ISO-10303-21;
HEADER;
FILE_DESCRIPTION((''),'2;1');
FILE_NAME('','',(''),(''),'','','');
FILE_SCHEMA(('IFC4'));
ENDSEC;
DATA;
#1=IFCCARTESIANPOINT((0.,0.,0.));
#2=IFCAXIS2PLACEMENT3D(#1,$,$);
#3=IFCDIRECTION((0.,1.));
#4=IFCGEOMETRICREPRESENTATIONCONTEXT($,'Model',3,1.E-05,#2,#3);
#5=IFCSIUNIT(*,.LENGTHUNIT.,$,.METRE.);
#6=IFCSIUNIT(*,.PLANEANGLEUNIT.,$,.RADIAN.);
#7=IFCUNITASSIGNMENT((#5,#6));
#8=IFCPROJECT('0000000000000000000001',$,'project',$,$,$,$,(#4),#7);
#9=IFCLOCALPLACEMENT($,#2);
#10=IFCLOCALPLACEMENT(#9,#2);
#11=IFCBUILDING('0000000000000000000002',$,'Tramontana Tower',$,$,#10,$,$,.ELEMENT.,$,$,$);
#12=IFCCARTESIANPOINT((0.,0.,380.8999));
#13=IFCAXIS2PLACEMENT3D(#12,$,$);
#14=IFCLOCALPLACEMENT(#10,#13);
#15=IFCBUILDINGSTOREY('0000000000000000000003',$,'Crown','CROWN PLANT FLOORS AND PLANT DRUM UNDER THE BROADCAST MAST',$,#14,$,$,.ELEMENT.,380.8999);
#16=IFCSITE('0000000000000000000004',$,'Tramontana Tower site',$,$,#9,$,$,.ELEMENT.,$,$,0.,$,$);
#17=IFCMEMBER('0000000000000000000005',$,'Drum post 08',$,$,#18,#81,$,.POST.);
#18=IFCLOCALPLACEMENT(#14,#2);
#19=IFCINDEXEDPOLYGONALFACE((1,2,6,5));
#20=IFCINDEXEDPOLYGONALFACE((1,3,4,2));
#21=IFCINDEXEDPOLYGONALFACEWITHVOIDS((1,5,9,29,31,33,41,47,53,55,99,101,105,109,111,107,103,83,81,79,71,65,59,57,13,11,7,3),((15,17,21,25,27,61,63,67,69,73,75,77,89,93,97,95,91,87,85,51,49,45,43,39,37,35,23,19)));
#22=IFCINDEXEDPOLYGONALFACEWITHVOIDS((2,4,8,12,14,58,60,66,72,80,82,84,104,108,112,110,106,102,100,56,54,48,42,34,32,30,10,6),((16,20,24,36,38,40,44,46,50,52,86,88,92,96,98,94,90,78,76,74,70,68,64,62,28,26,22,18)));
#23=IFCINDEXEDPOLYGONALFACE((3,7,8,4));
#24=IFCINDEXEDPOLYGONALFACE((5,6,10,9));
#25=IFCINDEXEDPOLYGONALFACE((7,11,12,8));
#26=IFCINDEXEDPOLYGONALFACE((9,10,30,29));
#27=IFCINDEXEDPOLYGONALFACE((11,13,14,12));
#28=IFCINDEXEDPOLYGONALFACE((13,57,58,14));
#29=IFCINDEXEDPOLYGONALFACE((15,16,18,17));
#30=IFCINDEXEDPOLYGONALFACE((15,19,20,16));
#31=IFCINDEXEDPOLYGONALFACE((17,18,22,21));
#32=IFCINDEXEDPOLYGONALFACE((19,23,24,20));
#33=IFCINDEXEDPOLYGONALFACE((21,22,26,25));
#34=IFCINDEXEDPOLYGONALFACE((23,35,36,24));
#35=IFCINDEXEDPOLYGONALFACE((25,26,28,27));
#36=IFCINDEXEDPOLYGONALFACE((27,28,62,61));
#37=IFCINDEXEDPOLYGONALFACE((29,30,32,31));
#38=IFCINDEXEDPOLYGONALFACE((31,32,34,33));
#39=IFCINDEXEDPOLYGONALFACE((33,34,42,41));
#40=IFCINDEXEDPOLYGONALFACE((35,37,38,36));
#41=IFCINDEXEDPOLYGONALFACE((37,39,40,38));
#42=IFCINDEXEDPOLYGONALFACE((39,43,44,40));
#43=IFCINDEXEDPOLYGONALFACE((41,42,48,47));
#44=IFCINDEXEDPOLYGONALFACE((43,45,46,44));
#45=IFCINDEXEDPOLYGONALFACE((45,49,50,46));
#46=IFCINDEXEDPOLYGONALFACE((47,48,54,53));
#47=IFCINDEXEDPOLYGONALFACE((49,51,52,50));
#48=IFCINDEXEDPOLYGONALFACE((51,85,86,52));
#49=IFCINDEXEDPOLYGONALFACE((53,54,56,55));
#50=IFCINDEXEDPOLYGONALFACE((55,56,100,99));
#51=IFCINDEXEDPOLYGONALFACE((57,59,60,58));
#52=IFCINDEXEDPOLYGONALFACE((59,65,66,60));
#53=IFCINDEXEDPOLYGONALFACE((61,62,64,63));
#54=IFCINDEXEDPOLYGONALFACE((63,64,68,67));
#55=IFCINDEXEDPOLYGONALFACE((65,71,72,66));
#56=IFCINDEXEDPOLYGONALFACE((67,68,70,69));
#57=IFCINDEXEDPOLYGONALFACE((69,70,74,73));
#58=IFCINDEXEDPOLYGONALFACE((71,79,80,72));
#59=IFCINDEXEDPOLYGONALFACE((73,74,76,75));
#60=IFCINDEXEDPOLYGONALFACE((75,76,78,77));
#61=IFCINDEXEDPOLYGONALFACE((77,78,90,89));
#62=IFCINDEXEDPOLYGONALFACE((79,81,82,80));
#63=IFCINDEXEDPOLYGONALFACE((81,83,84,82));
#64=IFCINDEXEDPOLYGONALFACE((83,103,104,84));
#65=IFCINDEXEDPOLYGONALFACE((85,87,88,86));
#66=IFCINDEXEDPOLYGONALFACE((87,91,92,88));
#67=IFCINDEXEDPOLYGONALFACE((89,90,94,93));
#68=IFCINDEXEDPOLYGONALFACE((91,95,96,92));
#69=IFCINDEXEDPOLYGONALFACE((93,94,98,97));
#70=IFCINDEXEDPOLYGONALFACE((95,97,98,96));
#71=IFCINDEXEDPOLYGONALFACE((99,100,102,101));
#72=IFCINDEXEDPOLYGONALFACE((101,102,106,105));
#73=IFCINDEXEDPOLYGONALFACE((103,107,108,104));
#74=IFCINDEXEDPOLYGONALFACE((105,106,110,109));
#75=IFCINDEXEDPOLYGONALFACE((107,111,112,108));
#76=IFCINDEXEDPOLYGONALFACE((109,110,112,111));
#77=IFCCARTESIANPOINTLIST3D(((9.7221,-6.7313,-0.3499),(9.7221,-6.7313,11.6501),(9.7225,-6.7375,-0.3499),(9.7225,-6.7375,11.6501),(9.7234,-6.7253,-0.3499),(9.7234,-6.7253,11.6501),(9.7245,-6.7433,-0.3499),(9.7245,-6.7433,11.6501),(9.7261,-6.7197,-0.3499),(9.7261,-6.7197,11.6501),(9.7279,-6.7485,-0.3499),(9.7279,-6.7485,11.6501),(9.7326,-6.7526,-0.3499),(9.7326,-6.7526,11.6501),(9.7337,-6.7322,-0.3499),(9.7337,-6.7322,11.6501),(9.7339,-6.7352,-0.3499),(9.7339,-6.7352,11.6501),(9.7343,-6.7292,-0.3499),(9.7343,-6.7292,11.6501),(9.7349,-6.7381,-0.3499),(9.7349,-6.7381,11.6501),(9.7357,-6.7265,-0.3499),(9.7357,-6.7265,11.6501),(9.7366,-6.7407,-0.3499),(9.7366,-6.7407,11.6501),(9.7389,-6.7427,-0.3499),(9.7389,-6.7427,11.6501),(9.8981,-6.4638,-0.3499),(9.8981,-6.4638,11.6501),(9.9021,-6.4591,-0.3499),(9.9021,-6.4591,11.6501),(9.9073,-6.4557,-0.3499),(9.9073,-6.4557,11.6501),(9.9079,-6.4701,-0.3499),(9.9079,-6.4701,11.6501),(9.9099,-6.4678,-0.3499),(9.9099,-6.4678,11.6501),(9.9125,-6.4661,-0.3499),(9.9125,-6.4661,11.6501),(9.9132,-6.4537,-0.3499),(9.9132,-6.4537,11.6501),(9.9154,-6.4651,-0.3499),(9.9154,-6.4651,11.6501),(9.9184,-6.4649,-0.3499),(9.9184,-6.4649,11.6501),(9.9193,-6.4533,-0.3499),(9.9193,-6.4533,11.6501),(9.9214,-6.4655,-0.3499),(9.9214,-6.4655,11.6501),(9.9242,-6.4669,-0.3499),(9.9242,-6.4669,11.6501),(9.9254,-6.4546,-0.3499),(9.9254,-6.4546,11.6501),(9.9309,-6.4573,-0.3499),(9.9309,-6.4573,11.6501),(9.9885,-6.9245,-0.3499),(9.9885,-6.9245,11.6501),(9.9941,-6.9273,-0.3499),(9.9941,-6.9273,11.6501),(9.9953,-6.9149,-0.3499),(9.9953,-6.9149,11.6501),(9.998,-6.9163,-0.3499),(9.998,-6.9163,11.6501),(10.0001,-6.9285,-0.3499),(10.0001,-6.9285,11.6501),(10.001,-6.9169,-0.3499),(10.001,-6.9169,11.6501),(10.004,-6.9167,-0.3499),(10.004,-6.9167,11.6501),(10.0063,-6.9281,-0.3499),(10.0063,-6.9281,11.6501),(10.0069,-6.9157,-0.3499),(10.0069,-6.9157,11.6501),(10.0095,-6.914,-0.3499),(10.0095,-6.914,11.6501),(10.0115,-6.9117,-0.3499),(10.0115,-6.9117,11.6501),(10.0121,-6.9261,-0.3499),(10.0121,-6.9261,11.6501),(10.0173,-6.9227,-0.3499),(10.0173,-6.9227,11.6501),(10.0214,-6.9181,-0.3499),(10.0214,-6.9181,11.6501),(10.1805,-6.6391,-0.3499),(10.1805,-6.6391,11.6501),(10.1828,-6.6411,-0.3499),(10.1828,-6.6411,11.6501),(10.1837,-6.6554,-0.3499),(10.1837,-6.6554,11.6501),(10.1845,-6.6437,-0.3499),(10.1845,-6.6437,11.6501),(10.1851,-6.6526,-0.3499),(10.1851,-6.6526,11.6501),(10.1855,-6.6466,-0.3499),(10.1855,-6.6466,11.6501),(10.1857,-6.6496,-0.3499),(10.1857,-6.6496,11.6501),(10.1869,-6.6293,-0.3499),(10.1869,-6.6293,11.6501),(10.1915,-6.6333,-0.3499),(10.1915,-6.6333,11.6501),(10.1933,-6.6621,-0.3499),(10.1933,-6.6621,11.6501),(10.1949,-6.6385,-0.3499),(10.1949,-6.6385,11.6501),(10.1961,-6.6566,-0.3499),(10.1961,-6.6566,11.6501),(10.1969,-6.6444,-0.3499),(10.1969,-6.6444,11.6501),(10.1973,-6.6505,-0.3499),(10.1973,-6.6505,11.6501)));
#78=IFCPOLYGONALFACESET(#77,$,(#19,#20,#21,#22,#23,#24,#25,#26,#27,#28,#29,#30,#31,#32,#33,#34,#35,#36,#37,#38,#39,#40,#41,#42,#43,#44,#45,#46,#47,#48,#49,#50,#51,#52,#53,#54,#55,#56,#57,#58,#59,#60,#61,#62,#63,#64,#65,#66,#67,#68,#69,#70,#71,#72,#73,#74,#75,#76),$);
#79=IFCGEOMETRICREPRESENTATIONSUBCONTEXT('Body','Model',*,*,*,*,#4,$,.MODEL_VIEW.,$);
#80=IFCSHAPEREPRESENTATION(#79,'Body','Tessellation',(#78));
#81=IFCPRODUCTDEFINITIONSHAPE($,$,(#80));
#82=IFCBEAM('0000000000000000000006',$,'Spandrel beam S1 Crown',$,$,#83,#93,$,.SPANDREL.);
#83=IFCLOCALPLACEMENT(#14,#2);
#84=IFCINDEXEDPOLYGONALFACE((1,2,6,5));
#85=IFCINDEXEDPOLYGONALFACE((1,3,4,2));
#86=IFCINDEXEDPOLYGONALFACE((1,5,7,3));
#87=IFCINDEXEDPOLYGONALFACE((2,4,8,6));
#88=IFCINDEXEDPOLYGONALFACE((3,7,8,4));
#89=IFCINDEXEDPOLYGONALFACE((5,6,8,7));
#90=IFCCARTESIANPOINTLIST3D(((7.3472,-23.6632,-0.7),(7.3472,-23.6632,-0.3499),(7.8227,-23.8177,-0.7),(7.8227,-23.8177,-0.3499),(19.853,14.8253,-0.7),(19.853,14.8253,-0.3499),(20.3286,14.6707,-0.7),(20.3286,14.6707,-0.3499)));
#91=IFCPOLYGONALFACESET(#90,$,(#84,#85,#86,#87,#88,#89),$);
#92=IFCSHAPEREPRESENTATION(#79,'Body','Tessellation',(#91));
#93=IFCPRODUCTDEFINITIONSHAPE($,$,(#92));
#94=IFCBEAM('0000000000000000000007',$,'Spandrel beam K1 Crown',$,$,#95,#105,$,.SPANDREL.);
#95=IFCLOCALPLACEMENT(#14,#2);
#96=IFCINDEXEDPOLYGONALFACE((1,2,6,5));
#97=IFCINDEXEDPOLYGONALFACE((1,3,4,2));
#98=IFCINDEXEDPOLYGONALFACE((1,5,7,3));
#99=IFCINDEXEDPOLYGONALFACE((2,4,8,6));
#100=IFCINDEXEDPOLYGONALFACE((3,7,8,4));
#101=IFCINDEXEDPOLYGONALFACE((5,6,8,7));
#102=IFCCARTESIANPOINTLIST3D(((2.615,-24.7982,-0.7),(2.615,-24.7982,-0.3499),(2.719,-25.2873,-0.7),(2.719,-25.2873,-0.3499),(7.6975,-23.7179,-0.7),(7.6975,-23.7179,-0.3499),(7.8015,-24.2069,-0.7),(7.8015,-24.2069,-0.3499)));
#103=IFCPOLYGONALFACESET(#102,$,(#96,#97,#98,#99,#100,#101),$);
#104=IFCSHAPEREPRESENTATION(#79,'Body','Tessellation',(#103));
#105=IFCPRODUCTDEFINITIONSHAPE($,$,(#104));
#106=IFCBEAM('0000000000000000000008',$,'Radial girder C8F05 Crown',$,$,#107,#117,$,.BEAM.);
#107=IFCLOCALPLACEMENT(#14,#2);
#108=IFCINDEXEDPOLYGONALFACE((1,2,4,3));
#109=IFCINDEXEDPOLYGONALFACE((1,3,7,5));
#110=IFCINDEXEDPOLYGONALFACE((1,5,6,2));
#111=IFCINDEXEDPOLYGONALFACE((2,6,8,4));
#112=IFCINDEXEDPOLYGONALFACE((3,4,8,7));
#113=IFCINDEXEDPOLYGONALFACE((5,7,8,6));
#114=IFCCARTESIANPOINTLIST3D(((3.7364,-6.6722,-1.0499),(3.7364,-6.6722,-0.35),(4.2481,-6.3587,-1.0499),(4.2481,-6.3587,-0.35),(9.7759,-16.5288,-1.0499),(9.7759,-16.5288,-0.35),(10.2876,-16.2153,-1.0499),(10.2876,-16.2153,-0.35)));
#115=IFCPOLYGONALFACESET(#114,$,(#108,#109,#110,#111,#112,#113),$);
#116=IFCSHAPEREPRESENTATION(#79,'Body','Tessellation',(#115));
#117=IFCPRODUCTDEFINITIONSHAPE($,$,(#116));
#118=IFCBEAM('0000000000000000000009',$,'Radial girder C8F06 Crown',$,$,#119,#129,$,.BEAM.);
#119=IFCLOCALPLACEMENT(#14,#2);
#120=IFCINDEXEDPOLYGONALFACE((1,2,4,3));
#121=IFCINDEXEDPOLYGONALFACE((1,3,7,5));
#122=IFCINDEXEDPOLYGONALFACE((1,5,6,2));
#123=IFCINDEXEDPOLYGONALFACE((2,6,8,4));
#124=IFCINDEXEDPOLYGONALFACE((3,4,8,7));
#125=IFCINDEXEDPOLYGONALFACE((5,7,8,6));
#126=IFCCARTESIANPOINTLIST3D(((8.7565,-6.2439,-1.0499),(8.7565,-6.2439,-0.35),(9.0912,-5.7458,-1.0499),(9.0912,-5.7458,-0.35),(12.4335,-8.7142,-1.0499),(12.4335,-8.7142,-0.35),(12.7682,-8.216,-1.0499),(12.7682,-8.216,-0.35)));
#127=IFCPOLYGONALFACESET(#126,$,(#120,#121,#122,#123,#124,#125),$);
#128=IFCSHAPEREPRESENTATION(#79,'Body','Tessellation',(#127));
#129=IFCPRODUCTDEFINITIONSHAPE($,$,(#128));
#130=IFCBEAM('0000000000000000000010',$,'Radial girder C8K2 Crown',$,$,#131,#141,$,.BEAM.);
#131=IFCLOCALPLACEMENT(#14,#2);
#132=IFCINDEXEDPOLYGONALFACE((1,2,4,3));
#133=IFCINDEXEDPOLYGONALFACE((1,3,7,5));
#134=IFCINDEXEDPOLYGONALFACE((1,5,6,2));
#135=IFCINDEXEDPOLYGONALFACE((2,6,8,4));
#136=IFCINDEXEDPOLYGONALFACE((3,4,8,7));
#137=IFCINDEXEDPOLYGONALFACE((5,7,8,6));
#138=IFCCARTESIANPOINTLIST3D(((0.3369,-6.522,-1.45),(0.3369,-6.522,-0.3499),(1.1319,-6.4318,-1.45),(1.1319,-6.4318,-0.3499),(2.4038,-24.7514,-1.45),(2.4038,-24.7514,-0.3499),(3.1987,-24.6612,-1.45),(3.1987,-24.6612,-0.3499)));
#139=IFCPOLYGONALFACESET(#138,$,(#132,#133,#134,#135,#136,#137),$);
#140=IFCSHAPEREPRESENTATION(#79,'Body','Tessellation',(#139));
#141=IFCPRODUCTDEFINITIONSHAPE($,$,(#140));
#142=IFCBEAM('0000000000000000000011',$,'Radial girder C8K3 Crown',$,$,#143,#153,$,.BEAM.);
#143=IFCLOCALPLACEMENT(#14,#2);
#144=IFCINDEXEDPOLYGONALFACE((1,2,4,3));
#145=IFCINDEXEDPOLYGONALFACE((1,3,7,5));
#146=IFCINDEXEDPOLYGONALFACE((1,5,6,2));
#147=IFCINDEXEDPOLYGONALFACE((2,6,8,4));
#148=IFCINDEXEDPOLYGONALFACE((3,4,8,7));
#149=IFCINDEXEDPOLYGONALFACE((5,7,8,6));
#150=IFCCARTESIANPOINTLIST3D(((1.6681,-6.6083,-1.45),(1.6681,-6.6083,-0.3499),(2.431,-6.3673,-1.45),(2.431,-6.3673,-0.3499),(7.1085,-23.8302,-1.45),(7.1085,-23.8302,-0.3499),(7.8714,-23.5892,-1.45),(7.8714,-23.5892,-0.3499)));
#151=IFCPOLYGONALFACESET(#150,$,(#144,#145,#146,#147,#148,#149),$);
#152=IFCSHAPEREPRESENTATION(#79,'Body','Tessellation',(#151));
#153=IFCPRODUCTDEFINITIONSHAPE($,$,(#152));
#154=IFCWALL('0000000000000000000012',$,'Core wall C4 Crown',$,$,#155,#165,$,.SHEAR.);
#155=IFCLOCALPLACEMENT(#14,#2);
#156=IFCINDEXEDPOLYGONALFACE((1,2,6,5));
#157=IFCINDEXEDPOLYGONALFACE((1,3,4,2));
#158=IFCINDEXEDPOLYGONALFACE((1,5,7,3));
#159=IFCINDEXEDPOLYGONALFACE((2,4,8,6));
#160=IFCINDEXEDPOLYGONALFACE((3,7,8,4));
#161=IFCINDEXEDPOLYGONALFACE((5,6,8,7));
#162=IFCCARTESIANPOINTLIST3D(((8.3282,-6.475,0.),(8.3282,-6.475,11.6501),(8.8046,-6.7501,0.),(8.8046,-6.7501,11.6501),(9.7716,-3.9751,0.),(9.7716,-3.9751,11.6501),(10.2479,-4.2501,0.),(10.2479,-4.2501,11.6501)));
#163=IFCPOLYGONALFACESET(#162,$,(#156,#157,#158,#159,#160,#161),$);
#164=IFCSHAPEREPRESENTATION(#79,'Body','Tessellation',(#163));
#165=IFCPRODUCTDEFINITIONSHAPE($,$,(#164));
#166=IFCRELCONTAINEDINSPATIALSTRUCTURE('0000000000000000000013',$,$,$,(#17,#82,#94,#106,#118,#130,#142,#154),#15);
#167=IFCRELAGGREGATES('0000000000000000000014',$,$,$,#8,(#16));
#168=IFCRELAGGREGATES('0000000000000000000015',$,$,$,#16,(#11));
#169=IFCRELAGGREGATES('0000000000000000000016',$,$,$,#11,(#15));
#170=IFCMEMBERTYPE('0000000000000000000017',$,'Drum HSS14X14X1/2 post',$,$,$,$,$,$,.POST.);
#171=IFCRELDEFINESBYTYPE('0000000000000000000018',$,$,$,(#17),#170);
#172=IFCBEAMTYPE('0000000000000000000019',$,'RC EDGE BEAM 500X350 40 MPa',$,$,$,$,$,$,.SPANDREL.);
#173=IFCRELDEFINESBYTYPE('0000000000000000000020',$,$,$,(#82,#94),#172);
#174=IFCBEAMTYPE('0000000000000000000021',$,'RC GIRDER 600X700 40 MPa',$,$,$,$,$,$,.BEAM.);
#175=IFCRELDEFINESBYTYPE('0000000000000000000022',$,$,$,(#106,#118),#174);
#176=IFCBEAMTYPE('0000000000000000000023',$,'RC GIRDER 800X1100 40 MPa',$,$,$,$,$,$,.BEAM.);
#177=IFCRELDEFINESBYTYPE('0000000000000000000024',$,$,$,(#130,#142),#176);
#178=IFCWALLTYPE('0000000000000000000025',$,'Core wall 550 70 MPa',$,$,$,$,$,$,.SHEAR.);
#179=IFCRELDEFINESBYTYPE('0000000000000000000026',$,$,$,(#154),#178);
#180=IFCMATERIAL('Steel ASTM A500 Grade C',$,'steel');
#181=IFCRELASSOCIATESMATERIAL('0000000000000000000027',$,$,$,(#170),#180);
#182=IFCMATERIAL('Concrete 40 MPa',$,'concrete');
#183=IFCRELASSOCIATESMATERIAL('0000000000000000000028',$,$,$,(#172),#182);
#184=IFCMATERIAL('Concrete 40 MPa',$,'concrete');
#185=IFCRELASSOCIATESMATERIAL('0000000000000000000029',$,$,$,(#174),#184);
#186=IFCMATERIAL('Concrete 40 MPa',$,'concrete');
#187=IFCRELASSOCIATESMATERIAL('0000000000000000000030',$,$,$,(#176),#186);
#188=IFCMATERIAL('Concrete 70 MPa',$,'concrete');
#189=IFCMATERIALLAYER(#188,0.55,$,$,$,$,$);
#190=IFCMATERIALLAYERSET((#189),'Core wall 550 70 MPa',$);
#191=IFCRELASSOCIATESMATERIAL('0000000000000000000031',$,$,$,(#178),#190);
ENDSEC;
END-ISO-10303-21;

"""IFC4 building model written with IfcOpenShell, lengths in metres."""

from ifc_helpers import new_model, si_unit, direction, frame, frame_2d, origin, origin_2d, place, context, subcontext, project, spatial, rectangle, hollow_rectangle, extrude, material, layer, layer_set, material_profile, profile_set, type_object, element, save


model = new_model("IFC4")

# Units and contexts
model_context = context("Model", 3, precision=1e-05, world=origin(), true_north=direction((0.0, 1.0)))
body_context = subcontext(model_context, "Body", "Model", "MODEL_VIEW")
ifc_project = project(units=[si_unit("LENGTHUNIT", "METRE"), si_unit("PLANEANGLEUNIT", "RADIAN")], contexts=[model_context])

# Site, building, storey
site_placement = place(None, origin())
site = spatial("IfcSite", under=ifc_project, at=site_placement, Name="Tramontana Tower site", CompositionType="ELEMENT", RefElevation=0.0)
building_placement = place(site_placement, origin())
building = spatial("IfcBuilding", under=site, at=building_placement, Name="Tramontana Tower", CompositionType="ELEMENT")
storey_placement = place(building_placement, frame((0.0, 0.0, 380.8999)))
storey = spatial("IfcBuildingStorey", under=building, at=storey_placement, Name="Crown", Description="CROWN PLANT FLOORS AND PLANT DRUM UNDER THE BROADCAST MAST", CompositionType="ELEMENT", Elevation=380.8999)

# Member
ifc_material_1 = material(Name="Steel ASTM A500 Grade C", Category="steel")
ifc_material_profile_1 = material_profile(ifc_material_1, hollow_rectangle(XDim=0.3557, YDim=0.3557, WallThickness=0.0117, InnerFilletRadius=0.0117, OuterFilletRadius=0.0237, at=origin_2d()), Name="HSS14X14X1/2")
ifc_profile_set_1 = profile_set([ifc_material_profile_1], Name="Steel ASTM A500 Grade C")
member_type = type_object("IfcMemberType", Name="Drum HSS14X14X1/2 post", PredefinedType="POST", material=ifc_profile_set_1)
for number, where, z_axis, x_axis, name in (
    (1, (9.9597, -6.6909, -0.3499), (0.0, 0.0, 1.0), (0.830083, -0.55764, 0.0), "Drum post 08"),
):
    element("IfcMember", number, at=place(storey_placement, frame(where, z_axis=z_axis, x_axis=x_axis)), inside=storey, type_object=member_type, Name=name, PredefinedType="POST", context=body_context, shape_type="SweptSolid", body=[
        extrude(hollow_rectangle(XDim=0.3557, YDim=0.3557, WallThickness=0.0117, InnerFilletRadius=0.0117, OuterFilletRadius=0.0237, at=origin_2d()), origin(), (0.0, 0.0, 1.0), 12.0),
    ])

# Beams
ifc_material_2 = material(Name="Concrete 40 MPa", Category="concrete")
ifc_material_profile_2 = material_profile(ifc_material_2, rectangle(XDim=0.5, YDim=0.3501, at=origin_2d()), Name="RC EDGE BEAM 500X350 40 MPa")
ifc_profile_set_2 = profile_set([ifc_material_profile_2], Name="Concrete 40 MPa")
beam_type_1 = type_object("IfcBeamType", Name="RC EDGE BEAM 500X350 40 MPa", PredefinedType="SPANDREL", material=ifc_profile_set_2)
beam_1_placement = place(storey_placement, frame((7.585, -23.7405, -0.5249), z_axis=(0.309021, 0.951055, 0.0), x_axis=(-0.951055, 0.309021, 0.0)))
element("IfcBeam", 2, at=beam_1_placement, inside=storey, type_object=beam_type_1, Name="Spandrel beam S1 Crown", PredefinedType="SPANDREL", context=body_context, shape_type="SweptSolid", body=[
    extrude(rectangle(XDim=0.5, YDim=0.3501, at=origin_2d()), origin(), (0.0, 0.0, 1.0), 40.4692),
])
beam_2_placement = place(storey_placement, frame((2.667, -25.0427, -0.5249), z_axis=(0.978148, 0.207912, 0.0), x_axis=(-0.207912, 0.978148, 0.0)))
element("IfcBeam", 3, at=beam_2_placement, inside=storey, type_object=beam_type_1, Name="Spandrel beam K1 Crown", PredefinedType="SPANDREL", context=body_context, shape_type="SweptSolid", body=[
    extrude(rectangle(XDim=0.5, YDim=0.3501, at=origin_2d()), origin(), (0.0, 0.0, 1.0), 5.196),
])
ifc_material_3 = material(Name="Concrete 40 MPa", Category="concrete")
ifc_material_profile_3 = material_profile(ifc_material_3, rectangle(XDim=0.6001, YDim=0.7, at=origin_2d()), Name="RC GIRDER 600X700 40 MPa")
ifc_profile_set_3 = profile_set([ifc_material_profile_3], Name="Concrete 40 MPa")
beam_type_2 = type_object("IfcBeamType", Name="RC GIRDER 600X700 40 MPa", PredefinedType="BEAM", material=ifc_profile_set_3)
beam_3_placement = place(storey_placement, frame((10.0317, -16.3721, -0.7), z_axis=(-0.522459, 0.852665, 0.0), x_axis=(-0.852665, -0.522459, 0.0)))
element("IfcBeam", 4, at=beam_3_placement, inside=storey, type_object=beam_type_2, Name="Radial girder C8F05 Crown", PredefinedType="BEAM", context=body_context, shape_type="SweptSolid", body=[
    extrude(rectangle(XDim=0.6001, YDim=0.7, at=origin_2d()), origin(), (0.0, 0.0, 1.0), 11.5598),
])
beam_4_placement = place(storey_placement, frame((12.6008, -8.4651, -0.7), z_axis=(-0.830078, 0.557647, 0.0), x_axis=(-0.557647, -0.830078, 0.0)))
element("IfcBeam", 5, at=beam_4_placement, inside=storey, type_object=beam_type_2, Name="Radial girder C8F06 Crown", PredefinedType="BEAM", context=body_context, shape_type="SweptSolid", body=[
    extrude(rectangle(XDim=0.6001, YDim=0.7, at=origin_2d()), origin(), (0.0, 0.0, 1.0), 4.4297),
])
ifc_material_4 = material(Name="Concrete 40 MPa", Category="concrete")
ifc_material_profile_4 = material_profile(ifc_material_4, rectangle(XDim=0.8, YDim=1.1001, at=origin_2d()), Name="RC GIRDER 800X1100 40 MPa")
ifc_profile_set_4 = profile_set([ifc_material_profile_4], Name="Concrete 40 MPa")
beam_type_3 = type_object("IfcBeamType", Name="RC GIRDER 800X1100 40 MPa", PredefinedType="BEAM", material=ifc_profile_set_4)
beam_5_placement = place(storey_placement, frame((2.8013, -24.7063, -0.8999), z_axis=(-0.11266, 0.993634, 0.0), x_axis=(-0.993634, -0.11266, 0.0)))
element("IfcBeam", 6, at=beam_5_placement, inside=storey, type_object=beam_type_3, Name="Radial girder C8K2 Crown", PredefinedType="BEAM", context=body_context, shape_type="SweptSolid", body=[
    extrude(rectangle(XDim=0.8, YDim=1.1001, at=origin_2d()), origin(), (0.0, 0.0, 1.0), 18.3462),
])
beam_6_placement = place(storey_placement, frame((7.49, -23.7097, -0.8999), z_axis=(-0.301228, 0.953552, 0.0), x_axis=(-0.953552, -0.301228, 0.0)))
element("IfcBeam", 7, at=beam_6_placement, inside=storey, type_object=beam_type_3, Name="Radial girder C8K3 Crown", PredefinedType="BEAM", context=body_context, shape_type="SweptSolid", body=[
    extrude(rectangle(XDim=0.8, YDim=1.1001, at=origin_2d()), origin(), (0.0, 0.0, 1.0), 18.0608),
])

# Wall
ifc_material_5 = material(Name="Concrete 70 MPa", Category="concrete")
ifc_layer_1 = layer(ifc_material_5, 0.55)
ifc_layer_set_1 = layer_set([ifc_layer_1], Name="Core wall 550 70 MPa")
wall_type_1 = type_object("IfcWallType", Name="Core wall 550 70 MPa", PredefinedType="SHEAR", material=ifc_layer_set_1)
wall_1_placement = place(storey_placement, frame((8.5664, -6.6125, 0.0), z_axis=(0.0, 0.0, 1.0), x_axis=(0.499996, 0.866028, 0.0)))
element("IfcWall", 8, at=wall_1_placement, inside=storey, type_object=wall_type_1, Name="Core wall C4 Crown", PredefinedType="SHEAR", context=body_context, shape_type="SweptSolid", body=[
    extrude(rectangle(XDim=2.8867, YDim=0.55, at=frame_2d((1.4434, 0.0))), origin(), (0.0, 0.0, 1.0), 11.6501),
])

save(model, "model.ifc")
